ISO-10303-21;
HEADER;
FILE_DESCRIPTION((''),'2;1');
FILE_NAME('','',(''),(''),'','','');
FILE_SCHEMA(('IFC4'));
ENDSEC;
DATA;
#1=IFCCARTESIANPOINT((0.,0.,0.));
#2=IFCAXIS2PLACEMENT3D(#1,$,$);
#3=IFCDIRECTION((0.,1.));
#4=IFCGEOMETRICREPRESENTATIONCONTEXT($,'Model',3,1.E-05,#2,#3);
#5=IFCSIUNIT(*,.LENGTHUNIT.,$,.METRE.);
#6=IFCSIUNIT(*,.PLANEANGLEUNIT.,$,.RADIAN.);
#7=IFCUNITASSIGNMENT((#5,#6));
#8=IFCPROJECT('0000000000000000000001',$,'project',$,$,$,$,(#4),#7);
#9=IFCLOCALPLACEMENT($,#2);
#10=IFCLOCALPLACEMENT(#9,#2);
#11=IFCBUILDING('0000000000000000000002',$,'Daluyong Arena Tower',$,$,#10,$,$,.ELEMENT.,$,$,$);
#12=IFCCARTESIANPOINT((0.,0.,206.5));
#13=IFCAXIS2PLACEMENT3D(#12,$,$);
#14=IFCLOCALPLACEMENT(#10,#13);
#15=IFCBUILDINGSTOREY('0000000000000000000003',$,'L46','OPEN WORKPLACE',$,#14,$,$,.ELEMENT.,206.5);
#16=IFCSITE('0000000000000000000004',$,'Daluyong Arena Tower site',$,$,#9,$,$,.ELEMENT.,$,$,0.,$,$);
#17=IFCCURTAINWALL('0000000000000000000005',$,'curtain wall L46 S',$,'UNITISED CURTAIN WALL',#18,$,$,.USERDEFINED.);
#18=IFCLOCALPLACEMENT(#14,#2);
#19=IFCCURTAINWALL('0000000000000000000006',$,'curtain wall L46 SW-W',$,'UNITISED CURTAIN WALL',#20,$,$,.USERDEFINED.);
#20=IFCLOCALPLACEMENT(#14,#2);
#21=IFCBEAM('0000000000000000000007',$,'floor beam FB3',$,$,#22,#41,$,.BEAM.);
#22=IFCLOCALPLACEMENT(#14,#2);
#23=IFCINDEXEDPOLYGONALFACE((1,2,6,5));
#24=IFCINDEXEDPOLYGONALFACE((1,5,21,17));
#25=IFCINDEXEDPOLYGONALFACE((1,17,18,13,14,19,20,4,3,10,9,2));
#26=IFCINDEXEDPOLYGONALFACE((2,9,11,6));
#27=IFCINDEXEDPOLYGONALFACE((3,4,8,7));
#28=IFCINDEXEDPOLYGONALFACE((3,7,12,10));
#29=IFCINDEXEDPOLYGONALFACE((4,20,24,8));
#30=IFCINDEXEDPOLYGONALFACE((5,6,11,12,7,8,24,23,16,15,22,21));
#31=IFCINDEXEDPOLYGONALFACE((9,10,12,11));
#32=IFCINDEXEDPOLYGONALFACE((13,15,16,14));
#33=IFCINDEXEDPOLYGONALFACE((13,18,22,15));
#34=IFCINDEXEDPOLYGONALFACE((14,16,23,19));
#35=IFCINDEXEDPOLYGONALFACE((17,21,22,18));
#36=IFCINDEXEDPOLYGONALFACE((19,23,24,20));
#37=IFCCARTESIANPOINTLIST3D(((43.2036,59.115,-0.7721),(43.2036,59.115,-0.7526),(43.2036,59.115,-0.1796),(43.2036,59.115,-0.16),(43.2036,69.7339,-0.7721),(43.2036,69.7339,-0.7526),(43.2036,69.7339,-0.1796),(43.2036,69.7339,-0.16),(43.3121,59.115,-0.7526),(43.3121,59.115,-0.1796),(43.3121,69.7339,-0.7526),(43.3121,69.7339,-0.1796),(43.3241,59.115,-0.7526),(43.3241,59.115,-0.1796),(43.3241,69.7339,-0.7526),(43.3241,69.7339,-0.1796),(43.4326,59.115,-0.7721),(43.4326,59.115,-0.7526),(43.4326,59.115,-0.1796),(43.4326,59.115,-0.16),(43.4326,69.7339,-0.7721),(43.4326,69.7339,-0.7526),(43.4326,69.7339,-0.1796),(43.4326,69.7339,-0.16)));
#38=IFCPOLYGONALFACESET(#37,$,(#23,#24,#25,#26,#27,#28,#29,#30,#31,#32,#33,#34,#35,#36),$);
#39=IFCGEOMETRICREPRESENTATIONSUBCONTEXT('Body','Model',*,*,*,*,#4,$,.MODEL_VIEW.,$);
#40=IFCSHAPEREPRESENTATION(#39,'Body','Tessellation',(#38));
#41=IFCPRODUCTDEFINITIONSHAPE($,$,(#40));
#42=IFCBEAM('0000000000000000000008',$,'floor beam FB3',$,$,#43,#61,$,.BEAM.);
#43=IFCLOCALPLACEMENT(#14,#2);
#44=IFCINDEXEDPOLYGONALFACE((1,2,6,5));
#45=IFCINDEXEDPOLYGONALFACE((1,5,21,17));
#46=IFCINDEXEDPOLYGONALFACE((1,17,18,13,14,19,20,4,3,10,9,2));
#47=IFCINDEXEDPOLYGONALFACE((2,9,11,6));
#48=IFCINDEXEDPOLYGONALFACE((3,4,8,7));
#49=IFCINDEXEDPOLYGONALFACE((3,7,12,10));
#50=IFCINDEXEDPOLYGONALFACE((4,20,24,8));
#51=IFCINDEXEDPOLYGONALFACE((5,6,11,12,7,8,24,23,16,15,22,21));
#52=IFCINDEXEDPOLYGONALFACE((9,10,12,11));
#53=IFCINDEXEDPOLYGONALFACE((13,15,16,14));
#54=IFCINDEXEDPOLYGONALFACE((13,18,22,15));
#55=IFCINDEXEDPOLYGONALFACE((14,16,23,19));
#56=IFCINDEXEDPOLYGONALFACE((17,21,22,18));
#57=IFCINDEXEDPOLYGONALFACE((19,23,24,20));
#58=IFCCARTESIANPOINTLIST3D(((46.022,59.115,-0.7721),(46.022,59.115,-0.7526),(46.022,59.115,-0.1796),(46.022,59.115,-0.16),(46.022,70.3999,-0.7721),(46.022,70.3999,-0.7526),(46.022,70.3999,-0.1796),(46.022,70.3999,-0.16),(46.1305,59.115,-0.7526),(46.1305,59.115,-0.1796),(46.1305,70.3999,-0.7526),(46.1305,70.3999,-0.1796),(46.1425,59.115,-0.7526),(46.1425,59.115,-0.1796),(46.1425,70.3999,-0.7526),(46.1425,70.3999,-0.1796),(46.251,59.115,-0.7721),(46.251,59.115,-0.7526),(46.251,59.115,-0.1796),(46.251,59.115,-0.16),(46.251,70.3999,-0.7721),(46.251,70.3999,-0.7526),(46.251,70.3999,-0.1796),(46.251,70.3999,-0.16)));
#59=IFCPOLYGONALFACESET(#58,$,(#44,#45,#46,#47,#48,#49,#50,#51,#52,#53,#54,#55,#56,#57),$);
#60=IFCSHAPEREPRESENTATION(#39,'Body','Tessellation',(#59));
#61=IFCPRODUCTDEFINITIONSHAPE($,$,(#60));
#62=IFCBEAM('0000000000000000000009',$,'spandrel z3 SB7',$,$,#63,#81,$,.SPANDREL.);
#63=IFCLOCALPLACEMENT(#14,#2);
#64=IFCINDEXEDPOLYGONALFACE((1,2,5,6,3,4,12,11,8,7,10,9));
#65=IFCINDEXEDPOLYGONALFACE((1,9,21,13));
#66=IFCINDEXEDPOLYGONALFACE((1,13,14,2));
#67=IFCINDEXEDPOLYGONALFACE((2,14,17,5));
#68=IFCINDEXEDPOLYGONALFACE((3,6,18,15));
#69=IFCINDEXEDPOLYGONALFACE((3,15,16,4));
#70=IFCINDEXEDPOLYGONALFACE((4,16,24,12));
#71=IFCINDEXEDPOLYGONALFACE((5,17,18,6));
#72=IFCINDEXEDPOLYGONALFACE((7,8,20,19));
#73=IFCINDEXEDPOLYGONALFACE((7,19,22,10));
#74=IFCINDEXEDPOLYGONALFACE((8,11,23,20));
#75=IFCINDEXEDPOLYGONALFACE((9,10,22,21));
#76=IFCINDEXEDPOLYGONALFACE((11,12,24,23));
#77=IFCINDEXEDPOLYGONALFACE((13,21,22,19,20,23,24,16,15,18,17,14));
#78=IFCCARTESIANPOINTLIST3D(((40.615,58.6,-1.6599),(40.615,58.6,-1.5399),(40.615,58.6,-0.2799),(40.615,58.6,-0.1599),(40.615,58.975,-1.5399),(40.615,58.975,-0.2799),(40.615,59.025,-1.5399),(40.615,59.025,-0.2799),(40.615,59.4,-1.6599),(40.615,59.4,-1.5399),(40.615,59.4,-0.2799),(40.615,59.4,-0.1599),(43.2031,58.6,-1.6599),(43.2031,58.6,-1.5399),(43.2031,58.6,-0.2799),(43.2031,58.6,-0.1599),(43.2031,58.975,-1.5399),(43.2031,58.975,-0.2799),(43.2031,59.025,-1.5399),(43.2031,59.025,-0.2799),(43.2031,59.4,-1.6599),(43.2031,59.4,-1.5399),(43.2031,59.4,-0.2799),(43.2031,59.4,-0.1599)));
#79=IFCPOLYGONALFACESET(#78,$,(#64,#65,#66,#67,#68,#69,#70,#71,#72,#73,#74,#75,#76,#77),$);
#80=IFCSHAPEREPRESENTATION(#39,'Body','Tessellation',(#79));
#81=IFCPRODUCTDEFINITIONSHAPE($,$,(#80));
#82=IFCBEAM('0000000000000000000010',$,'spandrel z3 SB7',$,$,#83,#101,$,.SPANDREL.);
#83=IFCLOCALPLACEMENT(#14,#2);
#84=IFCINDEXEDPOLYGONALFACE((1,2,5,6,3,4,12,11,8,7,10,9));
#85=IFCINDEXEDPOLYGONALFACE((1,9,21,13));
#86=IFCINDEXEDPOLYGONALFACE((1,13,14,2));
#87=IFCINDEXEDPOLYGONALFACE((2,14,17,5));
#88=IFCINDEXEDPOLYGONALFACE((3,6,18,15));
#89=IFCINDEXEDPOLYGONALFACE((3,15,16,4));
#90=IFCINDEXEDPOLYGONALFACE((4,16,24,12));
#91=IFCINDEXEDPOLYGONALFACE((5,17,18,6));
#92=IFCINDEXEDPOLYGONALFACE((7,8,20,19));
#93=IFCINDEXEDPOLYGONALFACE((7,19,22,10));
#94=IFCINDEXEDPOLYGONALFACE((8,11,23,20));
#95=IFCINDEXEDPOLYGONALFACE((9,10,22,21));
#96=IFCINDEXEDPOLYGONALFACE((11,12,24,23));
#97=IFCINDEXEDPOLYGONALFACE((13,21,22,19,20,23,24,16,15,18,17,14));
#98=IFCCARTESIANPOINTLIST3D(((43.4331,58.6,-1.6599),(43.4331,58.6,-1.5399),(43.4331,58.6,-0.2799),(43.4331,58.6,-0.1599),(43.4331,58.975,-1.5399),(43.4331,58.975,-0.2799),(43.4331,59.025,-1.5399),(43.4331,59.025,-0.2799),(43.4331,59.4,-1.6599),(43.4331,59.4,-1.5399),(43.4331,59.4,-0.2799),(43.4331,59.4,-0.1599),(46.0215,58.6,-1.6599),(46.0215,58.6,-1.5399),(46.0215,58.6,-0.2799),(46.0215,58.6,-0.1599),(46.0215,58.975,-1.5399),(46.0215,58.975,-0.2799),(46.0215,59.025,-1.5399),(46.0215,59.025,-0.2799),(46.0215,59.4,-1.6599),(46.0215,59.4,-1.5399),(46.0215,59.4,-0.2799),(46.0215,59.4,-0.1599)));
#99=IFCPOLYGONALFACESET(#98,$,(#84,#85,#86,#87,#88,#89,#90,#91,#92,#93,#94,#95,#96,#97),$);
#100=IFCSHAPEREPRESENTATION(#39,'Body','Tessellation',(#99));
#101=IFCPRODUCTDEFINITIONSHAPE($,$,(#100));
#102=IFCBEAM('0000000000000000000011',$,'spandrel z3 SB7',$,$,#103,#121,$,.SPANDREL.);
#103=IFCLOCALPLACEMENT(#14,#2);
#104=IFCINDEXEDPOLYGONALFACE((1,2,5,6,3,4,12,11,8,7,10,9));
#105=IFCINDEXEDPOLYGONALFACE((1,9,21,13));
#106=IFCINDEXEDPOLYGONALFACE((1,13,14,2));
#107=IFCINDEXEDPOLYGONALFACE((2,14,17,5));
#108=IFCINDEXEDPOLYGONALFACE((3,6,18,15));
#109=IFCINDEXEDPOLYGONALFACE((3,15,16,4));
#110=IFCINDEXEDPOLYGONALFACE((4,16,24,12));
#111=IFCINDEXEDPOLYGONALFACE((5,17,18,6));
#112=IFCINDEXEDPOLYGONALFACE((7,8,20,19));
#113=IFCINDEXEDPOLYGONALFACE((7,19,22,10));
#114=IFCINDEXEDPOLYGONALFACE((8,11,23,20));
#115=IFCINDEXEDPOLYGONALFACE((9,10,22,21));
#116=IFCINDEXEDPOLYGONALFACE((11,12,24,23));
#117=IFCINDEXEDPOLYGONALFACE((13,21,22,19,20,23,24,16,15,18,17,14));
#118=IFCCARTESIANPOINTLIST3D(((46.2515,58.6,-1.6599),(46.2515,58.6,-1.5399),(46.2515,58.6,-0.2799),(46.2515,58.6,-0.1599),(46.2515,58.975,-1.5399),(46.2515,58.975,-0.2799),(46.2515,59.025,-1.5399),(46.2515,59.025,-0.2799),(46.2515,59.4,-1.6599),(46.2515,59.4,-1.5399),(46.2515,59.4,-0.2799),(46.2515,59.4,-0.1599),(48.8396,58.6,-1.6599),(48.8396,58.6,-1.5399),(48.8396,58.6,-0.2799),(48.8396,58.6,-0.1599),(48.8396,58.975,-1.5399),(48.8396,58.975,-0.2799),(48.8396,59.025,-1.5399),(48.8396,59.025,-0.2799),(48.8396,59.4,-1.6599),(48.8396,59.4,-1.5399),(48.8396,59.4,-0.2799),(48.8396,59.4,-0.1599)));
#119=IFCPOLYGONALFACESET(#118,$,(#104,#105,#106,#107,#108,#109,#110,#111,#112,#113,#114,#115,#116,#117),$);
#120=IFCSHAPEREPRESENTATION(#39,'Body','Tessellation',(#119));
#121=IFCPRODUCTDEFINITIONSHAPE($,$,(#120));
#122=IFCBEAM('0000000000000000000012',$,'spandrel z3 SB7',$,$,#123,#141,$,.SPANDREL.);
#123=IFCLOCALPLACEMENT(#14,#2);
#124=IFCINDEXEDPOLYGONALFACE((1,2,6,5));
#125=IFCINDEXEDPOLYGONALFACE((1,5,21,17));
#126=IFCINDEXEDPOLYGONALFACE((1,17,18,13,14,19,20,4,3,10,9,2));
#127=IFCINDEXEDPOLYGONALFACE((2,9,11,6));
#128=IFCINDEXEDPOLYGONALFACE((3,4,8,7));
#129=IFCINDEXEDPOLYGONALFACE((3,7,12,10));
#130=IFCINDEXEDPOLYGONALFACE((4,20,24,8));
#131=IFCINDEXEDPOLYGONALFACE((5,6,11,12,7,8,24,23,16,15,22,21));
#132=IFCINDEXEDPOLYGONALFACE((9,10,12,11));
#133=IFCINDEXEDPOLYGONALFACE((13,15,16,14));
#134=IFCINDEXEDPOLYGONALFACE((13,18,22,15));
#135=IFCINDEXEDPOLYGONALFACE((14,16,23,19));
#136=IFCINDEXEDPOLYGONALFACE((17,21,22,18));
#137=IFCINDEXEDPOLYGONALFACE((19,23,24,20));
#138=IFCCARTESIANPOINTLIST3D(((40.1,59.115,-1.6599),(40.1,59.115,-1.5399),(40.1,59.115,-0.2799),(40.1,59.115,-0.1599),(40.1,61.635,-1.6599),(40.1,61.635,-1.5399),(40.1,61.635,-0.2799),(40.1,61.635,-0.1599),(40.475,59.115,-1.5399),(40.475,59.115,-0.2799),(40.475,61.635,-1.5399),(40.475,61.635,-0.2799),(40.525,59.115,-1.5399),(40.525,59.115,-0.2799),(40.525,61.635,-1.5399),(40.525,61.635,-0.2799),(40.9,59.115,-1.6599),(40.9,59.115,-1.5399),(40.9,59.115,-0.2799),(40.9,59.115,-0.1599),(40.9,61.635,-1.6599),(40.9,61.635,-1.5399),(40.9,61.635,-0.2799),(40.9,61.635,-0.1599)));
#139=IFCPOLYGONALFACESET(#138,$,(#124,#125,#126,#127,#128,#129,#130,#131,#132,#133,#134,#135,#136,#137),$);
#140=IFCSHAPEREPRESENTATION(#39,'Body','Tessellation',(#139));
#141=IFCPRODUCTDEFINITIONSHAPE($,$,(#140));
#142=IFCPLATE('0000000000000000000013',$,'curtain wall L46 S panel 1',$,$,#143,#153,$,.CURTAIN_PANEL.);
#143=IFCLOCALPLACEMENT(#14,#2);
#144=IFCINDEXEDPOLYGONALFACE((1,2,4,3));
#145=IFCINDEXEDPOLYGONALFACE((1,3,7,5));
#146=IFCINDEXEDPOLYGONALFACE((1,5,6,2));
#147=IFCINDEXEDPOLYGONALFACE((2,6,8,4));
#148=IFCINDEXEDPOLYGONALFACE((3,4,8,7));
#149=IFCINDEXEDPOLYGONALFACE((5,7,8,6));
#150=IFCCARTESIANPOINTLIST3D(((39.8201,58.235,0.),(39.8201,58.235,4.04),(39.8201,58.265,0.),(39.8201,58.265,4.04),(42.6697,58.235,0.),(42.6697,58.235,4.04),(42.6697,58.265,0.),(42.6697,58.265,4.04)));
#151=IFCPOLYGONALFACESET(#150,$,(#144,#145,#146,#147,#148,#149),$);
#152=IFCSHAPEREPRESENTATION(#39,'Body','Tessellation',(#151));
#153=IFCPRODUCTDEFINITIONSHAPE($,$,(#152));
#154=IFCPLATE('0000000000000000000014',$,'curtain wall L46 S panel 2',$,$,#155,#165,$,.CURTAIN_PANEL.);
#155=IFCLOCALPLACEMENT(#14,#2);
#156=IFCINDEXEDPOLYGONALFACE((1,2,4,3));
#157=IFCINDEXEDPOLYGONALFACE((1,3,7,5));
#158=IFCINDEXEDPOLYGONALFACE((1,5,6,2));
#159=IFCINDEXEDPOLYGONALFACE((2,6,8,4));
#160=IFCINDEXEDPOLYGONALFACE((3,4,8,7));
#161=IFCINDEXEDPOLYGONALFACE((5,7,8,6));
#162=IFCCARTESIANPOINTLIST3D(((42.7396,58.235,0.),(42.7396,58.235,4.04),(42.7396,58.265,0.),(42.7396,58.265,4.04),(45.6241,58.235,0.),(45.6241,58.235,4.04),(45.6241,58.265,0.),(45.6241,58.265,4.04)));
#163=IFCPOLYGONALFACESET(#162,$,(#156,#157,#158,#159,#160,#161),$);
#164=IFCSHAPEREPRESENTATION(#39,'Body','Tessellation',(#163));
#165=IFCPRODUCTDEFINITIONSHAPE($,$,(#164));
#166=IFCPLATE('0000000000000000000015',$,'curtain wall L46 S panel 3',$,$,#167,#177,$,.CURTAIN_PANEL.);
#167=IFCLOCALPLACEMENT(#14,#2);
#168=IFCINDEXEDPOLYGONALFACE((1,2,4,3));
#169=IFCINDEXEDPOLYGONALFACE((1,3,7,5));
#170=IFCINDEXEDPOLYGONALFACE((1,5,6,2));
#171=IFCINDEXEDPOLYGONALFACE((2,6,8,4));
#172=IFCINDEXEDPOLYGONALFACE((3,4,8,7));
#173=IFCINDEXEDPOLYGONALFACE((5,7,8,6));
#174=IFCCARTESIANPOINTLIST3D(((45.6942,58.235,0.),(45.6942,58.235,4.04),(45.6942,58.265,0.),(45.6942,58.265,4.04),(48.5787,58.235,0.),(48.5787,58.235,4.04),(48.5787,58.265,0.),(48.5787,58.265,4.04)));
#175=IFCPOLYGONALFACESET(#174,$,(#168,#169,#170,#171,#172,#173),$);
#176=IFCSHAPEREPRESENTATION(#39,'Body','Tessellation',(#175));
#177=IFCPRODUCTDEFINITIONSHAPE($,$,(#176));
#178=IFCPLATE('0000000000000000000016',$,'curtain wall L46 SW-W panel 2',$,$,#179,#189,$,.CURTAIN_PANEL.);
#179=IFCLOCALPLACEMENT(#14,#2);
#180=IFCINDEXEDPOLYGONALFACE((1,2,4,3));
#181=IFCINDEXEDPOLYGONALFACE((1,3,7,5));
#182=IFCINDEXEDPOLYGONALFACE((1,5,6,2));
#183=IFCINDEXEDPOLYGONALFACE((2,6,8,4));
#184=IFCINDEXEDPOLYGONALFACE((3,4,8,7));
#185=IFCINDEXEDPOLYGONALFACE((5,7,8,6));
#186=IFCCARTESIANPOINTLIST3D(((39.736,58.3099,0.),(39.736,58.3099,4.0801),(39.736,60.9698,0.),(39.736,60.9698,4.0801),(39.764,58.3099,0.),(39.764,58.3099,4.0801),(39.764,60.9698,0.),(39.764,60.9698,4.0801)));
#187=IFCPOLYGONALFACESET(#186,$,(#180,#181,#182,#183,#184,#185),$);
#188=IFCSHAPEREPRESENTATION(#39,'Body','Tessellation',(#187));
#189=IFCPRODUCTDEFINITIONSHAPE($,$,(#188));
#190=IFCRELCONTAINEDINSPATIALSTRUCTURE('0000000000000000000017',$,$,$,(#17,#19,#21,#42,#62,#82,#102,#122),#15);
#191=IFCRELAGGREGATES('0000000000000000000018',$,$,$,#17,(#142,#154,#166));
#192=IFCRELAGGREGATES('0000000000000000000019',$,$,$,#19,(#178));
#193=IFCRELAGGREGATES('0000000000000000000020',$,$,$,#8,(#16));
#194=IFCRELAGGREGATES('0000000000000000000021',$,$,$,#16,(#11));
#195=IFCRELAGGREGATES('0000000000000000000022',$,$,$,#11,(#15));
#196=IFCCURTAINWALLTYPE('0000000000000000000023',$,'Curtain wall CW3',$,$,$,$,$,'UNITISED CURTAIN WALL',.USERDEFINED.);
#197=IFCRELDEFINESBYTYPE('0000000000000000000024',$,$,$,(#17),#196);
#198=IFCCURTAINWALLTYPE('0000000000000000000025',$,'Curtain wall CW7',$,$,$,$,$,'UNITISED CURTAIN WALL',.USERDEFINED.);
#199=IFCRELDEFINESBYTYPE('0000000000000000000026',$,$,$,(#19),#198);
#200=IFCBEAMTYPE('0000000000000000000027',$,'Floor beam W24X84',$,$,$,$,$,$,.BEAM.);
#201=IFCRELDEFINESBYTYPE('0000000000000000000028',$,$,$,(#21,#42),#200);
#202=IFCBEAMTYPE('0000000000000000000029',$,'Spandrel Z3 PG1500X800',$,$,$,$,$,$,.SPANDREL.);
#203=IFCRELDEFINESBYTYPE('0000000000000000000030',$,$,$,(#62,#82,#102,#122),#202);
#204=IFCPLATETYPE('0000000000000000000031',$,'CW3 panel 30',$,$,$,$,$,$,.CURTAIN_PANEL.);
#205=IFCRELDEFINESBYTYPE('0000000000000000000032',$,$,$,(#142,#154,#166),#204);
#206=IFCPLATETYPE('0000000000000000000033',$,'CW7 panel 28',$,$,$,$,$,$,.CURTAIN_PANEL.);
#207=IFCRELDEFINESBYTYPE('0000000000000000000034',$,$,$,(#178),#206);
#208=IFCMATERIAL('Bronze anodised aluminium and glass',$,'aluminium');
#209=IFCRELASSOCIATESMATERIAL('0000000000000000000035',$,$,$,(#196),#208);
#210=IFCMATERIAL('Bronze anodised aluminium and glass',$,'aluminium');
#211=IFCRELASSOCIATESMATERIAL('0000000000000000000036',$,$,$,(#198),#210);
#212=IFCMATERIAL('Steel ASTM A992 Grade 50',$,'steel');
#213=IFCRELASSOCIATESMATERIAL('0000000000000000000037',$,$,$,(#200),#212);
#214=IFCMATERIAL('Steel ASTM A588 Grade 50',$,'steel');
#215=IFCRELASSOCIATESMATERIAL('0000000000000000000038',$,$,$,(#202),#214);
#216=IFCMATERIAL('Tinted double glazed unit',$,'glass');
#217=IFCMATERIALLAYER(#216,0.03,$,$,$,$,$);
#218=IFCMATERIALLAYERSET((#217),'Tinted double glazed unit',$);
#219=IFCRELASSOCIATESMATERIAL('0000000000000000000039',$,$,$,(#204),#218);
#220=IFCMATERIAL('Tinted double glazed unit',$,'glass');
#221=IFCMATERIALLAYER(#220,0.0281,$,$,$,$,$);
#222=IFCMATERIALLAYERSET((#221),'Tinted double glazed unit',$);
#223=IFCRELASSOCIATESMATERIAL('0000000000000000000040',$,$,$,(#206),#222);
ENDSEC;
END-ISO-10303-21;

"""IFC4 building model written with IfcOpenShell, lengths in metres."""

from ifc_helpers import new_model, si_unit, direction, frame, origin, origin_2d, place, context, subcontext, project, spatial, rectangle, i_section, extrude, material, layer, layer_set, material_profile, profile_set, type_object, element, aggregate, save


model = new_model("IFC4")

# Units and contexts
model_context = context("Model", 3, precision=1e-05, world=origin(), true_north=direction((0.0, 1.0)))
body_context = subcontext(model_context, "Body", "Model", "MODEL_VIEW")
ifc_project = project(units=[si_unit("LENGTHUNIT", "METRE"), si_unit("PLANEANGLEUNIT", "RADIAN")], contexts=[model_context])

# Site, building, storey
site_placement = place(None, origin())
site = spatial("IfcSite", under=ifc_project, at=site_placement, Name="Daluyong Arena Tower site", CompositionType="ELEMENT", RefElevation=0.0)
building_placement = place(site_placement, origin())
building = spatial("IfcBuilding", under=site, at=building_placement, Name="Daluyong Arena Tower", CompositionType="ELEMENT")
storey_placement = place(building_placement, frame((0.0, 0.0, 206.5)))
storey = spatial("IfcBuildingStorey", under=building, at=storey_placement, Name="L46", Description="OPEN WORKPLACE", CompositionType="ELEMENT", Elevation=206.5)

# Curtain walls
ifc_material_1 = material(Name="Bronze anodised aluminium and glass", Category="aluminium")
curtain_wall_type_1 = type_object("IfcCurtainWallType", Name="Curtain wall CW3", ElementType="UNITISED CURTAIN WALL", PredefinedType="USERDEFINED", material=ifc_material_1)
curtain_wall_1_placement = place(storey_placement, origin())
curtain_wall_1 = element("IfcCurtainWall", 1, at=curtain_wall_1_placement, inside=storey, type_object=curtain_wall_type_1, Name="curtain wall L46 S", ObjectType="UNITISED CURTAIN WALL", PredefinedType="USERDEFINED")
ifc_material_2 = material(Name="Bronze anodised aluminium and glass", Category="aluminium")
curtain_wall_type_2 = type_object("IfcCurtainWallType", Name="Curtain wall CW7", ElementType="UNITISED CURTAIN WALL", PredefinedType="USERDEFINED", material=ifc_material_2)
curtain_wall_2_placement = place(storey_placement, origin())
curtain_wall_2 = element("IfcCurtainWall", 2, at=curtain_wall_2_placement, inside=storey, type_object=curtain_wall_type_2, Name="curtain wall L46 SW-W", ObjectType="UNITISED CURTAIN WALL", PredefinedType="USERDEFINED")

# Beams
ifc_material_3 = material(Name="Steel ASTM A992 Grade 50", Category="steel")
ifc_material_profile_1 = material_profile(ifc_material_3, i_section(OverallWidth=0.229, OverallDepth=0.6121, WebThickness=0.012, FlangeThickness=0.0195, at=origin_2d()))
ifc_profile_set_1 = profile_set([ifc_material_profile_1], Name="Steel ASTM A992 Grade 50")
beam_type_1 = type_object("IfcBeamType", Name="Floor beam W24X84", PredefinedType="BEAM", material=ifc_profile_set_1)
beam_1_placement = place(storey_placement, frame((43.3181, 59.115, -0.4661), z_axis=(0.0, 1.0, 0.0), x_axis=(-1.0, 0.0, 0.0)))
element("IfcBeam", 3, at=beam_1_placement, inside=storey, type_object=beam_type_1, Name="floor beam FB3", PredefinedType="BEAM", context=body_context, shape_type="SweptSolid", body=[
    extrude(i_section(OverallWidth=0.229, OverallDepth=0.6121, WebThickness=0.012, FlangeThickness=0.0195, at=origin_2d()), origin(), (0.0, 0.0, 1.0), 10.6189),
])
beam_2_placement = place(storey_placement, frame((46.1365, 59.115, -0.4661), z_axis=(0.0, 1.0, 0.0), x_axis=(-1.0, 0.0, 0.0)))
element("IfcBeam", 4, at=beam_2_placement, inside=storey, type_object=beam_type_1, Name="floor beam FB3", PredefinedType="BEAM", context=body_context, shape_type="SweptSolid", body=[
    extrude(i_section(OverallWidth=0.229, OverallDepth=0.6121, WebThickness=0.012, FlangeThickness=0.0195, at=origin_2d()), origin(), (0.0, 0.0, 1.0), 11.2849),
])
ifc_material_4 = material(Name="Steel ASTM A588 Grade 50", Category="steel")
ifc_material_profile_2 = material_profile(ifc_material_4, i_section(OverallWidth=0.8, OverallDepth=1.5, WebThickness=0.05, FlangeThickness=0.12, at=origin_2d()))
ifc_profile_set_2 = profile_set([ifc_material_profile_2], Name="Steel ASTM A588 Grade 50")
beam_type_2 = type_object("IfcBeamType", Name="Spandrel Z3 PG1500X800", PredefinedType="SPANDREL", material=ifc_profile_set_2)
beam_3_placement = place(storey_placement, frame((40.615, 59.0, -0.9099), z_axis=(1.0, 0.0, 0.0), x_axis=(0.0, 1.0, 0.0)))
element("IfcBeam", 5, at=beam_3_placement, inside=storey, type_object=beam_type_2, Name="spandrel z3 SB7", PredefinedType="SPANDREL", context=body_context, shape_type="SweptSolid", body=[
    extrude(i_section(OverallWidth=0.8, OverallDepth=1.5, WebThickness=0.05, FlangeThickness=0.12, at=origin_2d()), origin(), (0.0, 0.0, 1.0), 2.5881),
])
beam_4_placement = place(storey_placement, frame((43.4331, 59.0, -0.9099), z_axis=(1.0, 0.0, 0.0), x_axis=(0.0, 1.0, 0.0)))
element("IfcBeam", 6, at=beam_4_placement, inside=storey, type_object=beam_type_2, Name="spandrel z3 SB7", PredefinedType="SPANDREL", context=body_context, shape_type="SweptSolid", body=[
    extrude(i_section(OverallWidth=0.8, OverallDepth=1.5, WebThickness=0.05, FlangeThickness=0.12, at=origin_2d()), origin(), (0.0, 0.0, 1.0), 2.5884),
])
beam_5_placement = place(storey_placement, frame((46.2515, 59.0, -0.9099), z_axis=(1.0, 0.0, 0.0), x_axis=(0.0, 1.0, 0.0)))
element("IfcBeam", 7, at=beam_5_placement, inside=storey, type_object=beam_type_2, Name="spandrel z3 SB7", PredefinedType="SPANDREL", context=body_context, shape_type="SweptSolid", body=[
    extrude(i_section(OverallWidth=0.8, OverallDepth=1.5, WebThickness=0.05, FlangeThickness=0.12, at=origin_2d()), origin(), (0.0, 0.0, 1.0), 2.5881),
])
beam_6_placement = place(storey_placement, frame((40.5, 61.635, -0.9099), z_axis=(0.0, -1.0, 0.0), x_axis=(1.0, 0.0, 0.0)))
element("IfcBeam", 8, at=beam_6_placement, inside=storey, type_object=beam_type_2, Name="spandrel z3 SB7", PredefinedType="SPANDREL", context=body_context, shape_type="SweptSolid", body=[
    extrude(i_section(OverallWidth=0.8, OverallDepth=1.5, WebThickness=0.05, FlangeThickness=0.12, at=origin_2d()), origin(), (0.0, 0.0, 1.0), 2.52),
])

# Plates
ifc_material_5 = material(Name="Tinted double glazed unit", Category="glass")
ifc_layer_1 = layer(ifc_material_5, 0.03)
ifc_layer_set_1 = layer_set([ifc_layer_1], Name="Tinted double glazed unit")
plate_type_1 = type_object("IfcPlateType", Name="CW3 panel 30", PredefinedType="CURTAIN_PANEL", material=ifc_layer_set_1)
plate_1_placement = place(storey_placement, frame((41.2449, 58.25, 0.0), z_axis=(0.0, 0.0, 1.0), x_axis=(1.0, 0.0, 0.0)))
plate_1 = element("IfcPlate", 9, at=plate_1_placement, type_object=plate_type_1, Name="curtain wall L46 S panel 1", PredefinedType="CURTAIN_PANEL", context=body_context, shape_type="SweptSolid", body=[
    extrude(rectangle(XDim=2.8496, YDim=0.03, at=origin_2d()), origin(), (0.0, 0.0, 1.0), 4.04),
])
plate_2_placement = place(storey_placement, frame((44.1819, 58.25, 0.0), z_axis=(0.0, 0.0, 1.0), x_axis=(1.0, 0.0, 0.0)))
plate_2 = element("IfcPlate", 10, at=plate_2_placement, type_object=plate_type_1, Name="curtain wall L46 S panel 2", PredefinedType="CURTAIN_PANEL", context=body_context, shape_type="SweptSolid", body=[
    extrude(rectangle(XDim=2.8845, YDim=0.03, at=origin_2d()), origin(), (0.0, 0.0, 1.0), 4.04),
])
plate_3_placement = place(storey_placement, frame((47.1365, 58.25, 0.0), z_axis=(0.0, 0.0, 1.0), x_axis=(1.0, 0.0, 0.0)))
plate_3 = element("IfcPlate", 11, at=plate_3_placement, type_object=plate_type_1, Name="curtain wall L46 S panel 3", PredefinedType="CURTAIN_PANEL", context=body_context, shape_type="SweptSolid", body=[
    extrude(rectangle(XDim=2.8845, YDim=0.03, at=origin_2d()), origin(), (0.0, 0.0, 1.0), 4.04),
])
aggregate(curtain_wall_1, [plate_1, plate_2, plate_3])
ifc_material_6 = material(Name="Tinted double glazed unit", Category="glass")
ifc_layer_2 = layer(ifc_material_6, 0.0281)
ifc_layer_set_2 = layer_set([ifc_layer_2], Name="Tinted double glazed unit")
plate_type_2 = type_object("IfcPlateType", Name="CW7 panel 28", PredefinedType="CURTAIN_PANEL", material=ifc_layer_set_2)
plate_4_placement = place(storey_placement, frame((39.75, 59.6399, 0.0), z_axis=(0.0, 0.0, 1.0), x_axis=(0.0, -1.0, 0.0)))
plate_4 = element("IfcPlate", 12, at=plate_4_placement, type_object=plate_type_2, Name="curtain wall L46 SW-W panel 2", PredefinedType="CURTAIN_PANEL", context=body_context, shape_type="SweptSolid", body=[
    extrude(rectangle(XDim=2.6599, YDim=0.0281, at=origin_2d()), origin(), (0.0, 0.0, 1.0), 4.0801),
])
aggregate(curtain_wall_2, [plate_4])

save(model, "model.ifc")
